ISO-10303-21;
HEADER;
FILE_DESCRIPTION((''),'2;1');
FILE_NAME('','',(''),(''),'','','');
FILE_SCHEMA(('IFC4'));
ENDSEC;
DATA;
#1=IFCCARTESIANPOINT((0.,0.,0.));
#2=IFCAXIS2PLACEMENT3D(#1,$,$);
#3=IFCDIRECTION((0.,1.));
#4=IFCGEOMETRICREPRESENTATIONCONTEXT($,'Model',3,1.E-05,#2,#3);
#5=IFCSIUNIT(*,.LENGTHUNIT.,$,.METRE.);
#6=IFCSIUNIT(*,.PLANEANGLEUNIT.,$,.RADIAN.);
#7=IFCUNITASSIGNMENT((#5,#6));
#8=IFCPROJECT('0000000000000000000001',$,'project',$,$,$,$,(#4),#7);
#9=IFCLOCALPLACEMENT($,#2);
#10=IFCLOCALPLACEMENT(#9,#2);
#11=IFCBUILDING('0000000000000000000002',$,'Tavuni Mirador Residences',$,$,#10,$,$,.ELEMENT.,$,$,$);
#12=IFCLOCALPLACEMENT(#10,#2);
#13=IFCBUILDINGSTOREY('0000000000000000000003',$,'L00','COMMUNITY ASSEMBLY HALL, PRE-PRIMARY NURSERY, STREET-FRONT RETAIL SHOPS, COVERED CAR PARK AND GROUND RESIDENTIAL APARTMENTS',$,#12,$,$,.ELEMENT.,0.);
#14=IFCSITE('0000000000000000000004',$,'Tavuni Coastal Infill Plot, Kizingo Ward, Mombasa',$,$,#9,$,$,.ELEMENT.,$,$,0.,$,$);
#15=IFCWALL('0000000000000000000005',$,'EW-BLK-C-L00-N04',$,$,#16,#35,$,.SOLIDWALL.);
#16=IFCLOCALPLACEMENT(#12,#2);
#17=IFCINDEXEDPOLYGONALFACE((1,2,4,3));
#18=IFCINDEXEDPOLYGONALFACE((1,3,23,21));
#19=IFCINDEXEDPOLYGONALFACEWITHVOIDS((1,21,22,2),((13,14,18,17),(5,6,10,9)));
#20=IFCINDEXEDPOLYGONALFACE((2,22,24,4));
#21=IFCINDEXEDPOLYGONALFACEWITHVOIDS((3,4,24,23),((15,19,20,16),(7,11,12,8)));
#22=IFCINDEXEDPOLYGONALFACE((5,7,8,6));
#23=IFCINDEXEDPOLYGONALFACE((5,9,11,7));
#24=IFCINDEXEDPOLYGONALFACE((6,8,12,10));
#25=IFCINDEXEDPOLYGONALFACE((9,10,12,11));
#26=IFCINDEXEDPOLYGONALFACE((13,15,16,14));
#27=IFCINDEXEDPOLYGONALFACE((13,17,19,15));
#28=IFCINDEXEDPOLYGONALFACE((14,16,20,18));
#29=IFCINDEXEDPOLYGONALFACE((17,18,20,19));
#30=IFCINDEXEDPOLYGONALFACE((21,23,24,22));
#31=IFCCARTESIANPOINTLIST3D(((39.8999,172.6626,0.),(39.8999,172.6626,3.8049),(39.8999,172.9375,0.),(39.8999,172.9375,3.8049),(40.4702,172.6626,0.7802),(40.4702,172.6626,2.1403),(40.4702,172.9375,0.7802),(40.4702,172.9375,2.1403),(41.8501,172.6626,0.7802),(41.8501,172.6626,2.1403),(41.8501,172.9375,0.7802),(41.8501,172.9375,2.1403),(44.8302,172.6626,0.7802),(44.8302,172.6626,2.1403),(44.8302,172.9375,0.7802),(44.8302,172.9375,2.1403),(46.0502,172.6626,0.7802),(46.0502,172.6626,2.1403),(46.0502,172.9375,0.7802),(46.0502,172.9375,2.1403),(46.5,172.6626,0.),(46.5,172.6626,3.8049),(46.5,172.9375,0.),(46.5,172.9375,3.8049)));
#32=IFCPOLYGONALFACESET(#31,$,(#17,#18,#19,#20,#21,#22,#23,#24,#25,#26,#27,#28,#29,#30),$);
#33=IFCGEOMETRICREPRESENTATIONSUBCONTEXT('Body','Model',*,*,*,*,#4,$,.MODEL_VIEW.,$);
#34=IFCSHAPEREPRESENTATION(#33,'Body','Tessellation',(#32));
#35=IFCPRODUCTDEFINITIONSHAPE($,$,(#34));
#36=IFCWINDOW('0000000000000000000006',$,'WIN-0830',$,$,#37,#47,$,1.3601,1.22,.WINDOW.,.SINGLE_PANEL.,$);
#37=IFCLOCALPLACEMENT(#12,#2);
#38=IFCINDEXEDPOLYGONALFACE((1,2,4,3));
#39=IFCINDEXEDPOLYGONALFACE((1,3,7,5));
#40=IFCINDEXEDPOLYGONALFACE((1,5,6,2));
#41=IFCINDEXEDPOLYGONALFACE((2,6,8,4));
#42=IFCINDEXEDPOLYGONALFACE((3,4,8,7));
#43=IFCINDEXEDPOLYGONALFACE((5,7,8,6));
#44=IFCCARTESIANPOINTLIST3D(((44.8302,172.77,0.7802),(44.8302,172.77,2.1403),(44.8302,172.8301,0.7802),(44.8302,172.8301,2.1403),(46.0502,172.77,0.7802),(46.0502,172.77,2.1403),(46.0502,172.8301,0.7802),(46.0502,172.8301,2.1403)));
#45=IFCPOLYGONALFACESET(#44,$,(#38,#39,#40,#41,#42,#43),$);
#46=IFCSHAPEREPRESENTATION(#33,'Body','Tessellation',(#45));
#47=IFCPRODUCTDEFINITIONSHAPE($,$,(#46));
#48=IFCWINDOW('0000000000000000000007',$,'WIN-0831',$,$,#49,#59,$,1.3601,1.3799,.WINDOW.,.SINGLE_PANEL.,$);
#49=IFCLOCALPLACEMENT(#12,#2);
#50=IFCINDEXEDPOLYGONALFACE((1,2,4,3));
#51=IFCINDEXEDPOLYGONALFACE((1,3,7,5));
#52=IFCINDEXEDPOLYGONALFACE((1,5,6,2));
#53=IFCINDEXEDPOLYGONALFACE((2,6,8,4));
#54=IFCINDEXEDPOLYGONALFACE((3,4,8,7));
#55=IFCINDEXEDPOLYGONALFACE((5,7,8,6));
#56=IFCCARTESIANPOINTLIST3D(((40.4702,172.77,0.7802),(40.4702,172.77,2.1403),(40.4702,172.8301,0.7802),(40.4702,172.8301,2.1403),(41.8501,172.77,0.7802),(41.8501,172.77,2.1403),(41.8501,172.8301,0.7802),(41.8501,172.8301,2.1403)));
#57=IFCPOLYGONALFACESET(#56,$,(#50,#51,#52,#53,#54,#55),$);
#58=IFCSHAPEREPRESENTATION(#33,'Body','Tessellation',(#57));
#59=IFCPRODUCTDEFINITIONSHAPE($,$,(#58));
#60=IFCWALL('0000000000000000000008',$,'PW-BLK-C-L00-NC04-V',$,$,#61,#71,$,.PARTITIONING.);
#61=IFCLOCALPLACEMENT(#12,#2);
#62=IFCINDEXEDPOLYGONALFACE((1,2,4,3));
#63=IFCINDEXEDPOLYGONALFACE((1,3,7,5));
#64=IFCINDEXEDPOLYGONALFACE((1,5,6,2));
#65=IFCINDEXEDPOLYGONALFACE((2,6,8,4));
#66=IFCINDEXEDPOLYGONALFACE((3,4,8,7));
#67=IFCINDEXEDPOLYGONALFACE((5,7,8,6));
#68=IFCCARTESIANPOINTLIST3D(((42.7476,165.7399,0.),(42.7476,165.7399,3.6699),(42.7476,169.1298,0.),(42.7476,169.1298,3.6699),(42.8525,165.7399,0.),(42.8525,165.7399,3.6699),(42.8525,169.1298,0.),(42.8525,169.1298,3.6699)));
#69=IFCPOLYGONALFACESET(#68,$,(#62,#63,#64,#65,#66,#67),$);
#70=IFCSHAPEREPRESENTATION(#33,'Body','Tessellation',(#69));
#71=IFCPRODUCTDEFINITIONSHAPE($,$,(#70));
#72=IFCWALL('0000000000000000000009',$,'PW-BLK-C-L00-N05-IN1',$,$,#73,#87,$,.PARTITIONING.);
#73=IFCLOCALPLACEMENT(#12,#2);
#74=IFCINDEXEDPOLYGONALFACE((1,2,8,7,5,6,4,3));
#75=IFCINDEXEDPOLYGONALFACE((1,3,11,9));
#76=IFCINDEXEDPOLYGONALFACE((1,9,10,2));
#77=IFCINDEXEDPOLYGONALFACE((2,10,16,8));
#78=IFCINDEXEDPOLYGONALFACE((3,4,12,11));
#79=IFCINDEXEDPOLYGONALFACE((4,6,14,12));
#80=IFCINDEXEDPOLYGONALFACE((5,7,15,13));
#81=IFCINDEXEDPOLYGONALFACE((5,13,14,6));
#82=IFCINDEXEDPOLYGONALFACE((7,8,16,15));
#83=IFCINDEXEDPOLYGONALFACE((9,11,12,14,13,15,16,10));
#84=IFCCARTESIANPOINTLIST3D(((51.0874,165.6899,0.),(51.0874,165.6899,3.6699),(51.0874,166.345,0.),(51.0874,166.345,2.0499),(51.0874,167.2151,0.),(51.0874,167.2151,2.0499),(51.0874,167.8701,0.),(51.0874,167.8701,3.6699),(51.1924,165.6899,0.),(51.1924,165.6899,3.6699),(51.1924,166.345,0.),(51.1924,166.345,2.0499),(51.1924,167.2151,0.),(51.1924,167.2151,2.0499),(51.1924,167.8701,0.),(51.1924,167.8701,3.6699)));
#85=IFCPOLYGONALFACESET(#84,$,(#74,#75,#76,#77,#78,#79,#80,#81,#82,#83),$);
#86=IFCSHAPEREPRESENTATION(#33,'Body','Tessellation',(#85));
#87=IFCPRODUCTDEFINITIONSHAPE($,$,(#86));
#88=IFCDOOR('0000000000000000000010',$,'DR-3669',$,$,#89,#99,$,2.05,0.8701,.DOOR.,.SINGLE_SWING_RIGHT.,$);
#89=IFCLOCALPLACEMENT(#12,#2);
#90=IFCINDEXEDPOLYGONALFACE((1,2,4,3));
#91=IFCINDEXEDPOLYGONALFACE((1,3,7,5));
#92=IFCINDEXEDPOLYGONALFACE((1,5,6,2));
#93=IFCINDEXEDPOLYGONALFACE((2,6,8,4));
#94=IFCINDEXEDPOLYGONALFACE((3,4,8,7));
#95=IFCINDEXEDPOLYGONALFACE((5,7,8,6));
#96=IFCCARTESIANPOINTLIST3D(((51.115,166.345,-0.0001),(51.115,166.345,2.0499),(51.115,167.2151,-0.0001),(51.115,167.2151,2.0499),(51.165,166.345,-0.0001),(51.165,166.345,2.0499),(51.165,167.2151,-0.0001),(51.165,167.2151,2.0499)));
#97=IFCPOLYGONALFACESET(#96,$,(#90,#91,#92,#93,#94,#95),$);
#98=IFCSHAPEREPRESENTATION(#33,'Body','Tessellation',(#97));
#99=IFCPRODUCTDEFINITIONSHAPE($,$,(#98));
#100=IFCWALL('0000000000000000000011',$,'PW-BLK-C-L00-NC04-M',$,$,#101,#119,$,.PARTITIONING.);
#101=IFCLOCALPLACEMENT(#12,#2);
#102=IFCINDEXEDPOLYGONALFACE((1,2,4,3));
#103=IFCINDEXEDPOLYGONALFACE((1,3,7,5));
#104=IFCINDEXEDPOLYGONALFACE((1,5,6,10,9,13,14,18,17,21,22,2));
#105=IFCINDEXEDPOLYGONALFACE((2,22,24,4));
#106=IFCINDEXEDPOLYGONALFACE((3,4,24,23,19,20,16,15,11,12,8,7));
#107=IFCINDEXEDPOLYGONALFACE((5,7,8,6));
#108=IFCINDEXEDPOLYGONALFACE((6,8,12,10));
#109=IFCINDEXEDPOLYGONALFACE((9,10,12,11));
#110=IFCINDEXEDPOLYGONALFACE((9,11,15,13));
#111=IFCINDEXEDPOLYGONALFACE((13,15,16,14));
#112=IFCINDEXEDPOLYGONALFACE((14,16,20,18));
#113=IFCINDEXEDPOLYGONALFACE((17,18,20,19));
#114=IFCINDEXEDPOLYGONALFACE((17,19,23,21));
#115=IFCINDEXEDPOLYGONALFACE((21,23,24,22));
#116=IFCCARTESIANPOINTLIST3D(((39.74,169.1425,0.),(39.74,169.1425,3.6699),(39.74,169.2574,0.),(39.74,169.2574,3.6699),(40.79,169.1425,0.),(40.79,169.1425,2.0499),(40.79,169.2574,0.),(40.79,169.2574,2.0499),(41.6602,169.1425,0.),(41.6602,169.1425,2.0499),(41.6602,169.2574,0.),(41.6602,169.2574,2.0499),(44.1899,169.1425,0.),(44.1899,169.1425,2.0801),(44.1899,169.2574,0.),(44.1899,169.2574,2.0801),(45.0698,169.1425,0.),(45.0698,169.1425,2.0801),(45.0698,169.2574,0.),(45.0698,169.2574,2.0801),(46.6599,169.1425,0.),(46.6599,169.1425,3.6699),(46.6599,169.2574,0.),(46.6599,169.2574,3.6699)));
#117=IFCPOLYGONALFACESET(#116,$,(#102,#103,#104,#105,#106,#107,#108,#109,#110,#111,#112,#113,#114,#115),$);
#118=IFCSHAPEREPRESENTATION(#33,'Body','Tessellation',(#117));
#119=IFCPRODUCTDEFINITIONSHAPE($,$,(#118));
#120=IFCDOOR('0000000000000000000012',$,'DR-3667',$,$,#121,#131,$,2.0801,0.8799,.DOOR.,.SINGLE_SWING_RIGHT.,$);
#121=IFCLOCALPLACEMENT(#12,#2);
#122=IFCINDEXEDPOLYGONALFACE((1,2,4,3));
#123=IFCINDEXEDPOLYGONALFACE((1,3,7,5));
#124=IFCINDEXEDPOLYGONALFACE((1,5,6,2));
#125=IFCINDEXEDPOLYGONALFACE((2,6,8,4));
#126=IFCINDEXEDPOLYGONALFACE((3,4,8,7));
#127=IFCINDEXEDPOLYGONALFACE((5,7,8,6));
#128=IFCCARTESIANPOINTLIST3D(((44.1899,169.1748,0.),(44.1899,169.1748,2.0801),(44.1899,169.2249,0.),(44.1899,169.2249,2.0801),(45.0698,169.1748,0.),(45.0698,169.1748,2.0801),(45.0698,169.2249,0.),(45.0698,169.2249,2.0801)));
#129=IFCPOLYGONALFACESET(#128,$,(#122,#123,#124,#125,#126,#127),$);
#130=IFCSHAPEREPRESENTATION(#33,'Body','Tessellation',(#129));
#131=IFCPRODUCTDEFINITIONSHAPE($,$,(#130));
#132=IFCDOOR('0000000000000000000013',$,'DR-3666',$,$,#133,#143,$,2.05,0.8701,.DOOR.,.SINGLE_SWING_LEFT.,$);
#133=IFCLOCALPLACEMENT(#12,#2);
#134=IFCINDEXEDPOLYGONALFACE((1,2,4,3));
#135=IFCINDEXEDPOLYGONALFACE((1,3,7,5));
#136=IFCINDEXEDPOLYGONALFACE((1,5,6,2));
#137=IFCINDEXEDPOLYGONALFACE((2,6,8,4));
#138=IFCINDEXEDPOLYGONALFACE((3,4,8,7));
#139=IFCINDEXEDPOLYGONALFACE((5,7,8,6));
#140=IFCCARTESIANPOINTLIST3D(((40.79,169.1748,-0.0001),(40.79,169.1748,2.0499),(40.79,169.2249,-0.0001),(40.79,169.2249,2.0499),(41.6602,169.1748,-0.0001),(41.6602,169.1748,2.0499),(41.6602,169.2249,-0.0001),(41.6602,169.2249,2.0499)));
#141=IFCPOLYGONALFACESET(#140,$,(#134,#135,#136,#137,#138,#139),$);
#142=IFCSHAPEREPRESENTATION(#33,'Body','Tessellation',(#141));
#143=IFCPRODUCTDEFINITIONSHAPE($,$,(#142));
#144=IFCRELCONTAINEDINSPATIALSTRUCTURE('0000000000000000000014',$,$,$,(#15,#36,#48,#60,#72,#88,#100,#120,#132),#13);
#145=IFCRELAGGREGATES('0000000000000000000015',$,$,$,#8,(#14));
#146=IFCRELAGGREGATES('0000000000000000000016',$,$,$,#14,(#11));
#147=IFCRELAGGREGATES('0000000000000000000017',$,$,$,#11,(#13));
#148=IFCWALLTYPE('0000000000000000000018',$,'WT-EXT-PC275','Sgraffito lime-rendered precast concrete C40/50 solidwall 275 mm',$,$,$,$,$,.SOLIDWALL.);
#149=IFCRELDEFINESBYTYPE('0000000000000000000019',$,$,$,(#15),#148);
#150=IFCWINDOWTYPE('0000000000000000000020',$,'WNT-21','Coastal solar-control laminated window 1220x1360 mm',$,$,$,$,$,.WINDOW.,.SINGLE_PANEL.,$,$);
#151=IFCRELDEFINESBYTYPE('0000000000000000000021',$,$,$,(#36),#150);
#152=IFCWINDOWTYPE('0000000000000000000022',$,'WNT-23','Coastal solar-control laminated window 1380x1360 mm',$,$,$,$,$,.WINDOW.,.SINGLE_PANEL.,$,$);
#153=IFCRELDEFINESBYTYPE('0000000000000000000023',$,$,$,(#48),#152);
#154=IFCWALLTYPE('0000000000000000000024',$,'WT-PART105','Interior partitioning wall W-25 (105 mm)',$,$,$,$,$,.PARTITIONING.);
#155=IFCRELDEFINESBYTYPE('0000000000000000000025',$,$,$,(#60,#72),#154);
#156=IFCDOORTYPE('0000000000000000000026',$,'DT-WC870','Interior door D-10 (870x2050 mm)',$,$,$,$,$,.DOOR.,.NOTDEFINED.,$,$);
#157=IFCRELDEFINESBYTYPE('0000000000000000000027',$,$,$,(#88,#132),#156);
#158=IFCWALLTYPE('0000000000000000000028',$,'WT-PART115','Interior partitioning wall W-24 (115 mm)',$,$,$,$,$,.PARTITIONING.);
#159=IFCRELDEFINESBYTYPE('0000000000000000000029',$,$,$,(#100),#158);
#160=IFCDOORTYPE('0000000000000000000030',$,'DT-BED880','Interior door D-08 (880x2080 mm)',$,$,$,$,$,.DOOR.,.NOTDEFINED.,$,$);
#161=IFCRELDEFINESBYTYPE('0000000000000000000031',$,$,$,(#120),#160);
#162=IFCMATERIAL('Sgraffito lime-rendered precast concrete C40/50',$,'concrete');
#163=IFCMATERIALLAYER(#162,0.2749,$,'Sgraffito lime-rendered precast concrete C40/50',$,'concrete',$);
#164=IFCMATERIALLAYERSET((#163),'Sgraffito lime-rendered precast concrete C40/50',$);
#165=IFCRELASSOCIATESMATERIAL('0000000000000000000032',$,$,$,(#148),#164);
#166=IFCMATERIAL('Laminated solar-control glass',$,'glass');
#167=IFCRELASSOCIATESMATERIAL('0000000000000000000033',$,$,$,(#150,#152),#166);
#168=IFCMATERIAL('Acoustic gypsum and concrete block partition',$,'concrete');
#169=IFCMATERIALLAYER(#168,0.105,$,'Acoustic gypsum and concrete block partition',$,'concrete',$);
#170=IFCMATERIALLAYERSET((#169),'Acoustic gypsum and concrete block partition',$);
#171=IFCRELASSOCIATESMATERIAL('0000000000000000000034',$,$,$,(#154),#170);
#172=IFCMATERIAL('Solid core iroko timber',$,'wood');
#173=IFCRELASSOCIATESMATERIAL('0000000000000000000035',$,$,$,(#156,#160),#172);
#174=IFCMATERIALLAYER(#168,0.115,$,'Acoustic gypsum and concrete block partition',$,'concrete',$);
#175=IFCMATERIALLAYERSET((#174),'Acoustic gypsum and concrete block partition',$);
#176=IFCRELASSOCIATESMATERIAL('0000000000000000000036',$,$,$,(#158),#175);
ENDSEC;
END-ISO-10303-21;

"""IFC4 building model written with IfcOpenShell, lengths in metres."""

from ifc_helpers import new_model, si_unit, direction, frame, frame_2d, origin, place, context, subcontext, project, spatial, rectangle, extrude, material, layer, layer_set, type_object, element, fill, save


model = new_model("IFC4")

# Units and contexts
model_context = context("Model", 3, precision=1e-05, world=origin(), true_north=direction((0.0, 1.0)))
body_context = subcontext(model_context, "Body", "Model", "MODEL_VIEW")
ifc_project = project(units=[si_unit("LENGTHUNIT", "METRE"), si_unit("PLANEANGLEUNIT", "RADIAN")], contexts=[model_context])

# Site, building, storey
site_placement = place(None, origin())
site = spatial("IfcSite", under=ifc_project, at=site_placement, Name="Tavuni Coastal Infill Plot, Kizingo Ward, Mombasa", CompositionType="ELEMENT", RefElevation=0.0)
building_placement = place(site_placement, origin())
building = spatial("IfcBuilding", under=site, at=building_placement, Name="Tavuni Mirador Residences", CompositionType="ELEMENT")
storey_placement = place(building_placement, origin())
storey = spatial("IfcBuildingStorey", under=building, at=storey_placement, Name="L00", Description="COMMUNITY ASSEMBLY HALL, PRE-PRIMARY NURSERY, STREET-FRONT RETAIL SHOPS, COVERED CAR PARK AND GROUND RESIDENTIAL APARTMENTS", CompositionType="ELEMENT", Elevation=0.0)

# Shared definitions
ifc_material_1 = material(Name="Solid core iroko timber", Category="wood")

# Wall, openings, windows
ifc_material_2 = material(Name="Sgraffito lime-rendered precast concrete C40/50", Category="concrete")
ifc_layer_1 = layer(ifc_material_2, 0.2749, Name="Sgraffito lime-rendered precast concrete C40/50", Category="concrete")
ifc_layer_set_1 = layer_set([ifc_layer_1], Name="Sgraffito lime-rendered precast concrete C40/50")
wall_type_1 = type_object("IfcWallType", Name="WT-EXT-PC275", Description="Sgraffito lime-rendered precast concrete C40/50 solidwall 275 mm", PredefinedType="SOLIDWALL", material=ifc_layer_set_1)
wall_1_placement = place(storey_placement, frame((46.5, 172.8, 0.0), z_axis=(0.0, 0.0, 1.0), x_axis=(-1.0, 0.0, 0.0)))
wall_1 = element("IfcWall", 1, at=wall_1_placement, inside=storey, type_object=wall_type_1, Name="EW-BLK-C-L00-N04", PredefinedType="SOLIDWALL", context=body_context, shape_type="SweptSolid", body=[
    extrude(rectangle(XDim=6.6001, YDim=0.2749, at=frame_2d((3.3, 0.0))), origin(), (0.0, 0.0, 1.0), 3.8049),
])
opening_1_placement = place(wall_1_placement, frame((0.45, 0.0, 0.78)))
opening_1 = element("IfcOpeningElement", 2, at=opening_1_placement, cuts=wall_1, PredefinedType="OPENING", context=body_context, shape_type="SweptSolid", body=[
    extrude(rectangle(XDim=1.22, YDim=1.3601, at=frame_2d((0.6099, 0.6802))), frame((0.0, 0.1475, 0.0), z_axis=(0.0, -1.0, 0.0), x_axis=(1.0, 0.0, 0.0)), (0.0, 0.0, 1.0), 0.2949),
])
opening_2_placement = place(wall_1_placement, frame((4.6499, 0.0, 0.78)))
opening_2 = element("IfcOpeningElement", 3, at=opening_2_placement, cuts=wall_1, PredefinedType="OPENING", context=body_context, shape_type="SweptSolid", body=[
    extrude(rectangle(XDim=1.3799, YDim=1.3601, at=frame_2d((0.6899, 0.6802))), frame((0.0, 0.1475, 0.0), z_axis=(0.0, -1.0, 0.0), x_axis=(1.0, 0.0, 0.0)), (0.0, 0.0, 1.0), 0.2949),
])
ifc_material_3 = material(Name="Laminated solar-control glass", Category="glass")
window_type_1 = type_object("IfcWindowType", Name="WNT-21", Description="Coastal solar-control laminated window 1220x1360 mm", PartitioningType="SINGLE_PANEL", PredefinedType="WINDOW", material=ifc_material_3)
window_1_placement = place(opening_1_placement, origin())
window_1 = element("IfcWindow", 4, at=window_1_placement, inside=storey, type_object=window_type_1, Name="WIN-0830", OverallHeight=1.3601, OverallWidth=1.22, PartitioningType="SINGLE_PANEL", PredefinedType="WINDOW", context=body_context, shape_type="SweptSolid", body=[
    extrude(rectangle(XDim=1.22, YDim=1.3601, at=frame_2d((0.6099, 0.6802))), frame((0.0, 0.03, 0.0), z_axis=(0.0, -1.0, 0.0), x_axis=(1.0, 0.0, 0.0)), (0.0, 0.0, 1.0), 0.0601),
])
fill(opening_1, window_1)
window_type_2 = type_object("IfcWindowType", Name="WNT-23", Description="Coastal solar-control laminated window 1380x1360 mm", PartitioningType="SINGLE_PANEL", PredefinedType="WINDOW", material=ifc_material_3)
window_2_placement = place(opening_2_placement, origin())
window_2 = element("IfcWindow", 5, at=window_2_placement, inside=storey, type_object=window_type_2, Name="WIN-0831", OverallHeight=1.3601, OverallWidth=1.3799, PartitioningType="SINGLE_PANEL", PredefinedType="WINDOW", context=body_context, shape_type="SweptSolid", body=[
    extrude(rectangle(XDim=1.3799, YDim=1.3601, at=frame_2d((0.6899, 0.6802))), frame((0.0, 0.03, 0.0), z_axis=(0.0, -1.0, 0.0), x_axis=(1.0, 0.0, 0.0)), (0.0, 0.0, 1.0), 0.0601),
])
fill(opening_2, window_2)

# Wall
ifc_material_4 = material(Name="Acoustic gypsum and concrete block partition", Category="concrete")
ifc_layer_2 = layer(ifc_material_4, 0.105, Name="Acoustic gypsum and concrete block partition", Category="concrete")
ifc_layer_set_2 = layer_set([ifc_layer_2], Name="Acoustic gypsum and concrete block partition")
wall_type_2 = type_object("IfcWallType", Name="WT-PART105", Description="Interior partitioning wall W-25 (105 mm)", PredefinedType="PARTITIONING", material=ifc_layer_set_2)
wall_2_placement = place(storey_placement, frame((42.8, 165.74, 0.0), z_axis=(0.0, 0.0, 1.0), x_axis=(0.0, 1.0, 0.0)))
element("IfcWall", 6, at=wall_2_placement, inside=storey, type_object=wall_type_2, Name="PW-BLK-C-L00-NC04-V", PredefinedType="PARTITIONING", context=body_context, shape_type="SweptSolid", body=[
    extrude(rectangle(XDim=3.3899, YDim=0.105, at=frame_2d((1.6948, 0.0))), origin(), (0.0, 0.0, 1.0), 3.6699),
])

# Wall, opening, door
wall_3_placement = place(storey_placement, frame((51.1399, 165.6899, 0.0), z_axis=(0.0, 0.0, 1.0), x_axis=(0.0, 1.0, 0.0)))
wall_3 = element("IfcWall", 7, at=wall_3_placement, inside=storey, type_object=wall_type_2, Name="PW-BLK-C-L00-N05-IN1", PredefinedType="PARTITIONING", context=body_context, shape_type="SweptSolid", body=[
    extrude(rectangle(XDim=2.1802, YDim=0.105, at=frame_2d((1.0901, 0.0))), origin(), (0.0, 0.0, 1.0), 3.6699),
])
opening_3_placement = place(wall_3_placement, frame((0.655, 0.0, 0.0)))
opening_3 = element("IfcOpeningElement", 8, at=opening_3_placement, cuts=wall_3, PredefinedType="OPENING", context=body_context, shape_type="SweptSolid", body=[
    extrude(rectangle(XDim=0.8701, YDim=2.05, at=frame_2d((0.4351, 1.0249))), frame((0.0, 0.0625, 0.0), z_axis=(0.0, -1.0, 0.0), x_axis=(1.0, 0.0, 0.0)), (0.0, 0.0, 1.0), 0.125),
])
door_type_1 = type_object("IfcDoorType", Name="DT-WC870", Description="Interior door D-10 (870x2050 mm)", OperationType="NOTDEFINED", PredefinedType="DOOR", material=ifc_material_1)
door_1_placement = place(opening_3_placement, origin())
door_1 = element("IfcDoor", 9, at=door_1_placement, inside=storey, type_object=door_type_1, Name="DR-3669", OperationType="SINGLE_SWING_RIGHT", OverallHeight=2.05, OverallWidth=0.8701, PredefinedType="DOOR", context=body_context, shape_type="SweptSolid", body=[
    extrude(rectangle(XDim=0.8701, YDim=2.05, at=frame_2d((0.4351, 1.0249))), frame((0.0, 0.0249, 0.0), z_axis=(0.0, -1.0, 0.0), x_axis=(1.0, 0.0, 0.0)), (0.0, 0.0, 1.0), 0.05),
])
fill(opening_3, door_1)

# Wall, openings, doors
ifc_layer_3 = layer(ifc_material_4, 0.115, Name="Acoustic gypsum and concrete block partition", Category="concrete")
ifc_layer_set_3 = layer_set([ifc_layer_3], Name="Acoustic gypsum and concrete block partition")
wall_type_3 = type_object("IfcWallType", Name="WT-PART115", Description="Interior partitioning wall W-24 (115 mm)", PredefinedType="PARTITIONING", material=ifc_layer_set_3)
wall_4_placement = place(storey_placement, frame((39.74, 169.2, 0.0), z_axis=(0.0, 0.0, 1.0), x_axis=(1.0, 0.0, 0.0)))
wall_4 = element("IfcWall", 10, at=wall_4_placement, inside=storey, type_object=wall_type_3, Name="PW-BLK-C-L00-NC04-M", PredefinedType="PARTITIONING", context=body_context, shape_type="SweptSolid", body=[
    extrude(rectangle(XDim=6.9199, YDim=0.115, at=frame_2d((3.46, 0.0))), origin(), (0.0, 0.0, 1.0), 3.6699),
])
opening_4_placement = place(wall_4_placement, frame((1.05, 0.0, 0.0)))
opening_4 = element("IfcOpeningElement", 11, at=opening_4_placement, cuts=wall_4, PredefinedType="OPENING", context=body_context, shape_type="SweptSolid", body=[
    extrude(rectangle(XDim=0.8701, YDim=2.05, at=frame_2d((0.4351, 1.0249))), frame((0.0, 0.0674, 0.0), z_axis=(0.0, -1.0, 0.0), x_axis=(1.0, 0.0, 0.0)), (0.0, 0.0, 1.0), 0.135),
])
opening_5_placement = place(wall_4_placement, frame((4.45, 0.0, 0.0)))
opening_5 = element("IfcOpeningElement", 12, at=opening_5_placement, cuts=wall_4, PredefinedType="OPENING", context=body_context, shape_type="SweptSolid", body=[
    extrude(rectangle(XDim=0.8799, YDim=2.0801, at=frame_2d((0.4399, 1.04))), frame((0.0, 0.0674, 0.0), z_axis=(0.0, -1.0, 0.0), x_axis=(1.0, 0.0, 0.0)), (0.0, 0.0, 1.0), 0.135),
])
door_type_2 = type_object("IfcDoorType", Name="DT-BED880", Description="Interior door D-08 (880x2080 mm)", OperationType="NOTDEFINED", PredefinedType="DOOR", material=ifc_material_1)
door_2_placement = place(opening_5_placement, origin())
door_2 = element("IfcDoor", 13, at=door_2_placement, inside=storey, type_object=door_type_2, Name="DR-3667", OperationType="SINGLE_SWING_RIGHT", OverallHeight=2.0801, OverallWidth=0.8799, PredefinedType="DOOR", context=body_context, shape_type="SweptSolid", body=[
    extrude(rectangle(XDim=0.8799, YDim=2.0801, at=frame_2d((0.4399, 1.04))), frame((0.0, 0.0249, 0.0), z_axis=(0.0, -1.0, 0.0), x_axis=(1.0, 0.0, 0.0)), (0.0, 0.0, 1.0), 0.05),
])
fill(opening_5, door_2)
door_3_placement = place(opening_4_placement, origin())
door_3 = element("IfcDoor", 14, at=door_3_placement, inside=storey, type_object=door_type_1, Name="DR-3666", OperationType="SINGLE_SWING_LEFT", OverallHeight=2.05, OverallWidth=0.8701, PredefinedType="DOOR", context=body_context, shape_type="SweptSolid", body=[
    extrude(rectangle(XDim=0.8701, YDim=2.05, at=frame_2d((0.4351, 1.0249))), frame((0.0, 0.0249, 0.0), z_axis=(0.0, -1.0, 0.0), x_axis=(1.0, 0.0, 0.0)), (0.0, 0.0, 1.0), 0.05),
])
fill(opening_4, door_3)

save(model, "model.ifc")
